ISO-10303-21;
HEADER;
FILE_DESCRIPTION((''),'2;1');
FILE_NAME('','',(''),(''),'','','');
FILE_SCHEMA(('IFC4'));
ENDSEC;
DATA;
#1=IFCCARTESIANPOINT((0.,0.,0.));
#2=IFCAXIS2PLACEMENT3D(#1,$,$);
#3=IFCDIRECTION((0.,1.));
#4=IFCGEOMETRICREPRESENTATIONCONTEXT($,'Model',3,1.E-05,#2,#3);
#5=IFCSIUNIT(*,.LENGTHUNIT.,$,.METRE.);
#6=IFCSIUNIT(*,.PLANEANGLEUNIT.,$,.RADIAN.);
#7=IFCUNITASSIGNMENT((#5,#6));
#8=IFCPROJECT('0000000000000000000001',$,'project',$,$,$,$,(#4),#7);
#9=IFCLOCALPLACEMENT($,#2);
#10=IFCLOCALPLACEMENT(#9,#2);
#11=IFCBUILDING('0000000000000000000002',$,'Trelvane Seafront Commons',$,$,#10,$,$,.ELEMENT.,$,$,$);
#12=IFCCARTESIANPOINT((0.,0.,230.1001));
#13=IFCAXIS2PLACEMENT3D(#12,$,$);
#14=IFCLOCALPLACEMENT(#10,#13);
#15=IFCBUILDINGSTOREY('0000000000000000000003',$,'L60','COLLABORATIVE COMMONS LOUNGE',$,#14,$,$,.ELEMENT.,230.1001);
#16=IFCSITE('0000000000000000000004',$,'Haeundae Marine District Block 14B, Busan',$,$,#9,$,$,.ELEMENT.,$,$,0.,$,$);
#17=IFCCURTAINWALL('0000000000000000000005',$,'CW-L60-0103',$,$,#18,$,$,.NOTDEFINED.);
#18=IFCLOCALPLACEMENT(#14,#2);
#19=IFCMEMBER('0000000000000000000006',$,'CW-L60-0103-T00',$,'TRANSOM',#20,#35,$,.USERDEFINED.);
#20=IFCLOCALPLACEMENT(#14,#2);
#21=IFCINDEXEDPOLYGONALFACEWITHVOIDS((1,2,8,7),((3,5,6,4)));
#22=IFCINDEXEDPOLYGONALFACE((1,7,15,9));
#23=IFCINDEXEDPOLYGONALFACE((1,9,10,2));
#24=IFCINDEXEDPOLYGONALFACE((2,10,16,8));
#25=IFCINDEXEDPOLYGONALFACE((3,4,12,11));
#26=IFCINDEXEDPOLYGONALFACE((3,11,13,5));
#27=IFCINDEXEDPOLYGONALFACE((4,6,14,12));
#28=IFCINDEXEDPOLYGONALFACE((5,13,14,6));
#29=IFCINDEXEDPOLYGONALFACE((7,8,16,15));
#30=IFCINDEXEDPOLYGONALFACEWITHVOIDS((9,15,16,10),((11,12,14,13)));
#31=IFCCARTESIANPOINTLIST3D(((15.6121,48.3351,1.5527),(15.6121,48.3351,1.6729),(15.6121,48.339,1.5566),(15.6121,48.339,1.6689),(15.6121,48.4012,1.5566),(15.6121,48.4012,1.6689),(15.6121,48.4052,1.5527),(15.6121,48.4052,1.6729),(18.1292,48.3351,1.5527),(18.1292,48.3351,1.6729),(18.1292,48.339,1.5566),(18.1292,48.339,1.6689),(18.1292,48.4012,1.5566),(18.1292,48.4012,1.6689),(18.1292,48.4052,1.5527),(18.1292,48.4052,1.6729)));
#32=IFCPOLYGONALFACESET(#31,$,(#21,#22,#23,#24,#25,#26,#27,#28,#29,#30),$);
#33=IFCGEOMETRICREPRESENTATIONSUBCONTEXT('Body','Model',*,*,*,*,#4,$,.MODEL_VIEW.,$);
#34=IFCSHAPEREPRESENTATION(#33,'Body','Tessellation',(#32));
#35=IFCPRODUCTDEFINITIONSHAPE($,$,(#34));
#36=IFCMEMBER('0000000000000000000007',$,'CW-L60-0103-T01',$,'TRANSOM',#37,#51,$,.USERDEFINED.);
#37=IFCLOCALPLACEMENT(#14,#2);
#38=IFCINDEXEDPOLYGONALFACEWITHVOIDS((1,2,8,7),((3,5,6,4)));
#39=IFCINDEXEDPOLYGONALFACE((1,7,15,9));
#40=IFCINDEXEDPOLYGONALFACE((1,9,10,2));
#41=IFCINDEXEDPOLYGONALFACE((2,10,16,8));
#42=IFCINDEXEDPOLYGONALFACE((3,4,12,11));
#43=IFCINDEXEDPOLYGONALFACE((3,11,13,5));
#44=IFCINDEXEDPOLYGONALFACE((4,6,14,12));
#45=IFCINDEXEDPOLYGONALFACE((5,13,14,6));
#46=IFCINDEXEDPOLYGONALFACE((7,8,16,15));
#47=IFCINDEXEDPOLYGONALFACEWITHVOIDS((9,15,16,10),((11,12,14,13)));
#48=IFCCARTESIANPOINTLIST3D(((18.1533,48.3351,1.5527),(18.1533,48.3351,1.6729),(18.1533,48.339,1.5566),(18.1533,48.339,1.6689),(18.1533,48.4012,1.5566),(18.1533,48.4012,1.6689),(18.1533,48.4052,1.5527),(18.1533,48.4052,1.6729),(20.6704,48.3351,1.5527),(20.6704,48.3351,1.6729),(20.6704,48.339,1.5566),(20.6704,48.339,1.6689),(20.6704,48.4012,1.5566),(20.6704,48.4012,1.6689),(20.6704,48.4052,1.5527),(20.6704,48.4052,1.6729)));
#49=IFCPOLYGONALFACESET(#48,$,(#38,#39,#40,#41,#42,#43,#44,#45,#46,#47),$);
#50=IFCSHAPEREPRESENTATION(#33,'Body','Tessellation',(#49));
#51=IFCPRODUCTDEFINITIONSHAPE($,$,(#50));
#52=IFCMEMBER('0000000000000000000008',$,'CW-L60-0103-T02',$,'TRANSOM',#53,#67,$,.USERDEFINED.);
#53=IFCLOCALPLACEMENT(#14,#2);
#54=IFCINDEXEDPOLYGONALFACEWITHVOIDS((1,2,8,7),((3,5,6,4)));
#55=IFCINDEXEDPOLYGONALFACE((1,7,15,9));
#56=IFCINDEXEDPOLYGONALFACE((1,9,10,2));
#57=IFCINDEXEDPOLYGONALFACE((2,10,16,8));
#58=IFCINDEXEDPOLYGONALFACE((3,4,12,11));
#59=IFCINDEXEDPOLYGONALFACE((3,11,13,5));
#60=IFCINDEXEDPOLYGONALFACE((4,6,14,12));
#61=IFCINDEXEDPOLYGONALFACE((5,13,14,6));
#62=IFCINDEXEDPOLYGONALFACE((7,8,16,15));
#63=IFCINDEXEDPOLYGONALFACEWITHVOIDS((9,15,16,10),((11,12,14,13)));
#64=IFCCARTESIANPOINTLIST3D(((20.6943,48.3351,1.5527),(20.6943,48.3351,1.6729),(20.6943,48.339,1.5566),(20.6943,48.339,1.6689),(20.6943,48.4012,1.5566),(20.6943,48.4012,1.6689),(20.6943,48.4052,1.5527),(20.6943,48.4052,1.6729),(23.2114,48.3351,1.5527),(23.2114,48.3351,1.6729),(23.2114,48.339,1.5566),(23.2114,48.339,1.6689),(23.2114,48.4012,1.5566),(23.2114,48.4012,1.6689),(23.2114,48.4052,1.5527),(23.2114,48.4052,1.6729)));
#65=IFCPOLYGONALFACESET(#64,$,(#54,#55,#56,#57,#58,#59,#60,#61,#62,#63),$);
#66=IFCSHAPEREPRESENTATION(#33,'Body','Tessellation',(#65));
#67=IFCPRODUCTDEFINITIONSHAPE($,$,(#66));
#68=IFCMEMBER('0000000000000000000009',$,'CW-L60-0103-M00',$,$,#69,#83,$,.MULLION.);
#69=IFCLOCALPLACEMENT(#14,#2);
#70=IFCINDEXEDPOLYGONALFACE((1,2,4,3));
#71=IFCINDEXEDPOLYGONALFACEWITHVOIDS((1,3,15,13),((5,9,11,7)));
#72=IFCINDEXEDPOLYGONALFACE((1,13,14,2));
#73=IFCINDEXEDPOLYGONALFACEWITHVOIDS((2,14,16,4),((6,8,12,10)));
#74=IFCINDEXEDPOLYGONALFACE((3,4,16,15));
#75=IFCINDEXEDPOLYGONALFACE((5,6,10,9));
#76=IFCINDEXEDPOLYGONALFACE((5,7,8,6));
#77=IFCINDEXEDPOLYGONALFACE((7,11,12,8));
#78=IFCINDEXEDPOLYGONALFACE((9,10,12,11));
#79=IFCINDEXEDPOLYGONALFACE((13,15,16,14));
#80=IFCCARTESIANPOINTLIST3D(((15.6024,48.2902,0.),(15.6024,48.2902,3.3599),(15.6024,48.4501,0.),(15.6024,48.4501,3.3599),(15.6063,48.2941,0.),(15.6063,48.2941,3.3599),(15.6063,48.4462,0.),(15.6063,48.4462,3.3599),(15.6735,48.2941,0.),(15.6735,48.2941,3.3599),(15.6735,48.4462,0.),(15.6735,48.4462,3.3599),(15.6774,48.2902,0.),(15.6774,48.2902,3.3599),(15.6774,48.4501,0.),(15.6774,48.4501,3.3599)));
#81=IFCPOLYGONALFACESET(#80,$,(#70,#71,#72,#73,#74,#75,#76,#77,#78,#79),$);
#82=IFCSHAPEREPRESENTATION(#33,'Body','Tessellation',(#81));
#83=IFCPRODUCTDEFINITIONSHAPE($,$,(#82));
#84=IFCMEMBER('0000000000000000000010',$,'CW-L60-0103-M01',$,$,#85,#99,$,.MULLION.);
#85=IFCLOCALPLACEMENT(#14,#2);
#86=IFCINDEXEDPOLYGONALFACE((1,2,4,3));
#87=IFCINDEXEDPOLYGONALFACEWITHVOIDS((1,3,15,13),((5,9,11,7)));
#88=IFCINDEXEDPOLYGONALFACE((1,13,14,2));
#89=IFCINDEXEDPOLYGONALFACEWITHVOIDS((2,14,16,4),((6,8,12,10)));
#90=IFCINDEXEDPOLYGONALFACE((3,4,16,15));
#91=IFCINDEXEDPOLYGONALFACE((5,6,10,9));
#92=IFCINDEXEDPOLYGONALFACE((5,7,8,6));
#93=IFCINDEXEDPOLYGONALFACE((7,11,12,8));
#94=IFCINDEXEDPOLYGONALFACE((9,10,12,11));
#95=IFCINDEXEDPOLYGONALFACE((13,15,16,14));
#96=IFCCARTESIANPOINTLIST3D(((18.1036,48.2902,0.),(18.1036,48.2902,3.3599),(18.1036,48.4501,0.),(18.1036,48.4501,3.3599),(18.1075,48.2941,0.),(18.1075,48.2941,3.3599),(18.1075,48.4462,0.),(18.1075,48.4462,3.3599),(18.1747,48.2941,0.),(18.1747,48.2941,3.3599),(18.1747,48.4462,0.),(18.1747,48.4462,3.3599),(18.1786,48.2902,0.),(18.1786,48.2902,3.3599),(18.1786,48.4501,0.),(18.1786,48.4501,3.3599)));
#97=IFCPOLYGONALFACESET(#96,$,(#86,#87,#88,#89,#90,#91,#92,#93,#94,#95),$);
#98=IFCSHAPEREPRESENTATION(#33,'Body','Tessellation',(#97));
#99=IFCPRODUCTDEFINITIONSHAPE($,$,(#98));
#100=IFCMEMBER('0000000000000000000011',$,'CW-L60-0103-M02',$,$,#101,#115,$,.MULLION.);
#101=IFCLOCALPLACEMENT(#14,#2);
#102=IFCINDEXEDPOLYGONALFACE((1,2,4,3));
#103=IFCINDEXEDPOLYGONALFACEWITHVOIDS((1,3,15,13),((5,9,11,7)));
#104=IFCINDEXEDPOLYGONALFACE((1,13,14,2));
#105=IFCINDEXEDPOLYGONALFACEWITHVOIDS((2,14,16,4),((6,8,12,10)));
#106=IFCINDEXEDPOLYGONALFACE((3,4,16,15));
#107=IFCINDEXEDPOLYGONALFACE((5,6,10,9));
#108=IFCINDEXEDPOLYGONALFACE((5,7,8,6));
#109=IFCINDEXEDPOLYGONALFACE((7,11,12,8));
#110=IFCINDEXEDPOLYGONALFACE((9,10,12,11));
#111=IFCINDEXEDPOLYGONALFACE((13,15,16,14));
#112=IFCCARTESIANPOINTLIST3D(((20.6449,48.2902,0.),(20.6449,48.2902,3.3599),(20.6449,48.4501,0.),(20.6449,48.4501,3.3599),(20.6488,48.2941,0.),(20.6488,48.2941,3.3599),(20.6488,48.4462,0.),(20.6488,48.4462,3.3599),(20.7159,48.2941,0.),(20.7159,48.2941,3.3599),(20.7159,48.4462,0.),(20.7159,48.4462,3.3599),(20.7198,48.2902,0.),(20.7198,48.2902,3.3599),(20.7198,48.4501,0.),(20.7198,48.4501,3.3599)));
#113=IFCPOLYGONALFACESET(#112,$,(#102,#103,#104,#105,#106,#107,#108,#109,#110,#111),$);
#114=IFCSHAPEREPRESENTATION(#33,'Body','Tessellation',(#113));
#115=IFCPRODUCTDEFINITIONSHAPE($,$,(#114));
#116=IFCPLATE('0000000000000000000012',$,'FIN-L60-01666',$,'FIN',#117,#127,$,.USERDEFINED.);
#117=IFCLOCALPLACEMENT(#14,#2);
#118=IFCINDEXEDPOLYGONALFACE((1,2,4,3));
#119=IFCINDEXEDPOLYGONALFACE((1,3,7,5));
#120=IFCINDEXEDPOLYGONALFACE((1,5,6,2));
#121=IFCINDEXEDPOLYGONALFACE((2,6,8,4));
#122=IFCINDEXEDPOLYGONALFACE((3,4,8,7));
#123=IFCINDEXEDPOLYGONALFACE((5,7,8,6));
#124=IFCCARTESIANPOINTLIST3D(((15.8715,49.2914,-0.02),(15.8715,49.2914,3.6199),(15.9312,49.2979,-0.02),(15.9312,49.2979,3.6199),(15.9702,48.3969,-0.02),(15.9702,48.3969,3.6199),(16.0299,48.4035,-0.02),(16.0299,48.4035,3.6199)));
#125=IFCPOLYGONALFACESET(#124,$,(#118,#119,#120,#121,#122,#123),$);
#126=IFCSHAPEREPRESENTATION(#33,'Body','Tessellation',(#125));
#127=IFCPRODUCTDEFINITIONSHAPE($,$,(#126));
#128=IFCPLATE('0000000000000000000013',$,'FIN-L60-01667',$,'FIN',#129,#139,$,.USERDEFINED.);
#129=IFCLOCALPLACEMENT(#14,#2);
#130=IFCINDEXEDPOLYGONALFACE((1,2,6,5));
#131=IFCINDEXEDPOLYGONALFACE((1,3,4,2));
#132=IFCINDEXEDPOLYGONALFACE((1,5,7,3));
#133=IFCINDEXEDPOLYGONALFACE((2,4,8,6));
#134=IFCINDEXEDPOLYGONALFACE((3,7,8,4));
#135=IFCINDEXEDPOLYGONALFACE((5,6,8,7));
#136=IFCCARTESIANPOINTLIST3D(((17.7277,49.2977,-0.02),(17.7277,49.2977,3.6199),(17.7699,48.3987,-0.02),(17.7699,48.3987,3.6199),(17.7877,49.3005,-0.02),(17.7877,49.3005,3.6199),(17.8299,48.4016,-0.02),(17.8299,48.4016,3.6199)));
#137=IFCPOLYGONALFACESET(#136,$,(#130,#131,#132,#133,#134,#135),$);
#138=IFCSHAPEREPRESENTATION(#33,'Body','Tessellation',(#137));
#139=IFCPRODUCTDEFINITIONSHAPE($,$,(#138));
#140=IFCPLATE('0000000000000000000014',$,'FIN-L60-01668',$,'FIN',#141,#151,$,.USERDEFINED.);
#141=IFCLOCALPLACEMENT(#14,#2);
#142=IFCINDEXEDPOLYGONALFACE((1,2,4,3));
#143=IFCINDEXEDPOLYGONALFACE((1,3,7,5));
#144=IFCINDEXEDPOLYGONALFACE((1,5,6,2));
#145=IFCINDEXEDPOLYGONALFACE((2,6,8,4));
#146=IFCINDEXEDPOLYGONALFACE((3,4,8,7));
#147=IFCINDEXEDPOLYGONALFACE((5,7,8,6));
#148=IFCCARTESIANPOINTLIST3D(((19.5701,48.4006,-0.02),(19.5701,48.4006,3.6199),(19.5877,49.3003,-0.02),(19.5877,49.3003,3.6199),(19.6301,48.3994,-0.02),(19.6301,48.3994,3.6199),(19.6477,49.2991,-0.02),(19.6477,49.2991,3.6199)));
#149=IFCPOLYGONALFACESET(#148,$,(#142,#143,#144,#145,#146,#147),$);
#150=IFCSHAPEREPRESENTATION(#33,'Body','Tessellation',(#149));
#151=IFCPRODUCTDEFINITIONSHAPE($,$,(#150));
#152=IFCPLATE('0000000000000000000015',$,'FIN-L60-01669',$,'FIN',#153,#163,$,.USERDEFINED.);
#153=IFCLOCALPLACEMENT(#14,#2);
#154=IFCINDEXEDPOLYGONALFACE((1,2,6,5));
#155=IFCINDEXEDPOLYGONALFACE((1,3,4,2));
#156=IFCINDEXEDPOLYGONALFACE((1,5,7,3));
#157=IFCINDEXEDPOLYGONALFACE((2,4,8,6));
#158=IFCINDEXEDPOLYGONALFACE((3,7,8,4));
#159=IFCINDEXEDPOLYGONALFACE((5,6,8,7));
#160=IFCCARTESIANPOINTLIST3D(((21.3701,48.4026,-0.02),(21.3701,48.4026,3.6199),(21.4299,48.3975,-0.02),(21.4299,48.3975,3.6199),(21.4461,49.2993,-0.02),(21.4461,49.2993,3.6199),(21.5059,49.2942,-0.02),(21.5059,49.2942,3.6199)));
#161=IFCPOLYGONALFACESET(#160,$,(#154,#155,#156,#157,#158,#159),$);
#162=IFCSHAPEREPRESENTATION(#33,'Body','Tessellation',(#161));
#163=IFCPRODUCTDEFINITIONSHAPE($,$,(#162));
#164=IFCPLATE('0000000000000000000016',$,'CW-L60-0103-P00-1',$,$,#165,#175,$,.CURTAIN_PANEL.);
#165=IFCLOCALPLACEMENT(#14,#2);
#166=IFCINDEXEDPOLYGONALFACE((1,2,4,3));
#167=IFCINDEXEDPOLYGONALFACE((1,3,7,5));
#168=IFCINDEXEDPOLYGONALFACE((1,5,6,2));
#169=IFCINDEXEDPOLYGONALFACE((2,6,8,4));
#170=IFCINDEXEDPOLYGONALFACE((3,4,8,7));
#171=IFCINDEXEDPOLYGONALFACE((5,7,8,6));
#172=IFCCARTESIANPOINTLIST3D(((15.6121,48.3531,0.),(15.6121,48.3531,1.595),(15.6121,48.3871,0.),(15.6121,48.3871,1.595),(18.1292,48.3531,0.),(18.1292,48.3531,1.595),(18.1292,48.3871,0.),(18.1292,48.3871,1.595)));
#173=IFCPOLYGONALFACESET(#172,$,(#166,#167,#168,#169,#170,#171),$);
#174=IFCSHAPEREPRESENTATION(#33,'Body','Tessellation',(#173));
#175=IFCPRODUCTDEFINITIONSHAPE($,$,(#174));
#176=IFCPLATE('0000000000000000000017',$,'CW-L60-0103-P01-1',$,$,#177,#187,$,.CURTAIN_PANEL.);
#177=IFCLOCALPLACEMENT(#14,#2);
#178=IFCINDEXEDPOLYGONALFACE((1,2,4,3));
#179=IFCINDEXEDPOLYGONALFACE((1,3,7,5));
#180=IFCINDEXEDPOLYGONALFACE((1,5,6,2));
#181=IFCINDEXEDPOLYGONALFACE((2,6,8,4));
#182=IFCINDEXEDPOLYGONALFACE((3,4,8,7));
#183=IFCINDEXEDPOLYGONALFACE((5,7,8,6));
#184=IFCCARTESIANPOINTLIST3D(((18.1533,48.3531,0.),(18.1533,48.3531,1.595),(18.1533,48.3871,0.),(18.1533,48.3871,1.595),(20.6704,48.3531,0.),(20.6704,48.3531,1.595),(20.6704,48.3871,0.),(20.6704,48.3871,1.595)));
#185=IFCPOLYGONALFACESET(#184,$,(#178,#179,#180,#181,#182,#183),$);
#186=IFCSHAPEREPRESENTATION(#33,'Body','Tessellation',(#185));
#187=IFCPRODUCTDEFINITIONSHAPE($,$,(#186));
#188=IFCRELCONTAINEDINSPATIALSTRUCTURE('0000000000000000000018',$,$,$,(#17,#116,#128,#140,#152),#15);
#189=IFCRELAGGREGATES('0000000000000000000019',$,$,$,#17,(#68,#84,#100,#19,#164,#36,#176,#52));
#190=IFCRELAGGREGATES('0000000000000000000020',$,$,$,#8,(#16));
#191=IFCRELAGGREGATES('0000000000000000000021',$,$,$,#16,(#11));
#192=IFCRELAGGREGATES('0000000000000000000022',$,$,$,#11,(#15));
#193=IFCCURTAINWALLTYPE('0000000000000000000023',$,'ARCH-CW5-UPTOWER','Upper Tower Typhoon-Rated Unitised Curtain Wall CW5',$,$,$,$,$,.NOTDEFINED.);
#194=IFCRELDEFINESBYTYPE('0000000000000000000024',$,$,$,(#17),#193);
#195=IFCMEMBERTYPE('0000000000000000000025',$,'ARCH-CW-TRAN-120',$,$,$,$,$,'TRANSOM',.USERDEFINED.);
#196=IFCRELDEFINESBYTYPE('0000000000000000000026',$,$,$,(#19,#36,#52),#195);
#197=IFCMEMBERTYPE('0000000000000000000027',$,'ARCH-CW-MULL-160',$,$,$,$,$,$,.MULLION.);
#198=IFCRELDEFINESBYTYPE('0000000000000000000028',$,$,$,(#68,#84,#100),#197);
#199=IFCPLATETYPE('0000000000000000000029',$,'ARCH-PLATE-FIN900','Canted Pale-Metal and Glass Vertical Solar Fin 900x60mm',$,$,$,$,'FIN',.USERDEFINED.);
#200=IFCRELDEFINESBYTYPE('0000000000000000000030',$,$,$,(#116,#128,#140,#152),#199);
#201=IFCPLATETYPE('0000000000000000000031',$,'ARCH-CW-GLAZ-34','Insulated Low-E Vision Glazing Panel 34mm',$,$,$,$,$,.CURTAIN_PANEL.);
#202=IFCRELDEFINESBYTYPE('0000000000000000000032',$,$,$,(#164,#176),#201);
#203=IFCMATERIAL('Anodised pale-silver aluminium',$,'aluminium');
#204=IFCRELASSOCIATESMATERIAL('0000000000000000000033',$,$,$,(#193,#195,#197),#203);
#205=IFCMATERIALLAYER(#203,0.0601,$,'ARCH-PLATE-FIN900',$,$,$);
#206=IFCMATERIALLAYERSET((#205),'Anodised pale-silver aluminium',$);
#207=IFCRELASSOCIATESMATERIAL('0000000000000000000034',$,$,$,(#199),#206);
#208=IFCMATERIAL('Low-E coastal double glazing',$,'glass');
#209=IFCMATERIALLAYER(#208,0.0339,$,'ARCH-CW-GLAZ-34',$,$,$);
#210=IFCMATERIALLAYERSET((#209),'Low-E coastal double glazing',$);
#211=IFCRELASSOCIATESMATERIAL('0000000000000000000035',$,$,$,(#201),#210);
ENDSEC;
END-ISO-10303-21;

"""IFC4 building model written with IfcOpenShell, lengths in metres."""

from ifc_helpers import new_model, si_unit, direction, frame, origin, origin_2d, place, context, subcontext, project, spatial, rectangle, hollow_rectangle, extrude, source, transform, mapped, material, layer, layer_set, material_profile, profile_set, type_object, element, aggregate, save


model = new_model("IFC4")

# Units and contexts
model_context = context("Model", 3, precision=1e-05, world=origin(), true_north=direction((0.0, 1.0)))
body_context = subcontext(model_context, "Body", "Model", "MODEL_VIEW")
ifc_project = project(units=[si_unit("LENGTHUNIT", "METRE"), si_unit("PLANEANGLEUNIT", "RADIAN")], contexts=[model_context])

# Site, building, storey
site_placement = place(None, origin())
site = spatial("IfcSite", under=ifc_project, at=site_placement, Name="Haeundae Marine District Block 14B, Busan", CompositionType="ELEMENT", RefElevation=0.0)
building_placement = place(site_placement, origin())
building = spatial("IfcBuilding", under=site, at=building_placement, Name="Trelvane Seafront Commons", CompositionType="ELEMENT")
storey_placement = place(building_placement, frame((0.0, 0.0, 230.1001)))
storey = spatial("IfcBuildingStorey", under=building, at=storey_placement, Name="L60", Description="COLLABORATIVE COMMONS LOUNGE", CompositionType="ELEMENT", Elevation=230.1001)

# Curtain wall, members
ifc_material_1 = material(Name="Anodised pale-silver aluminium", Category="aluminium")
curtain_wall_type = type_object("IfcCurtainWallType", Name="ARCH-CW5-UPTOWER", Description="Upper Tower Typhoon-Rated Unitised Curtain Wall CW5", PredefinedType="NOTDEFINED", material=ifc_material_1)
curtain_wall_placement = place(storey_placement, origin())
curtain_wall = element("IfcCurtainWall", 1, at=curtain_wall_placement, inside=storey, type_object=curtain_wall_type, Name="CW-L60-0103", PredefinedType="NOTDEFINED")
ifc_material_profile_1 = material_profile(ifc_material_1, hollow_rectangle(XDim=0.0701, YDim=0.1201, WallThickness=0.0039, at=origin_2d()), Name="TRAN-70x120x4")
ifc_profile_set_1 = profile_set([ifc_material_profile_1], Name="Anodised pale-silver aluminium")
member_type_1 = type_object("IfcMemberType", Name="ARCH-CW-TRAN-120", ElementType="TRANSOM", PredefinedType="USERDEFINED", material=ifc_profile_set_1)
shared_shape_1 = source(origin(), body_context, "Body", "SweptSolid", [
    extrude(hollow_rectangle(XDim=0.0701, YDim=0.1201, WallThickness=0.0039, at=origin_2d()), origin(), (0.0, 0.0, 1.0), 2.5171),
])
member_1_placement = place(storey_placement, frame((15.6121, 48.3701, 1.6128), z_axis=(1.0, 0.0, 0.0), x_axis=(0.0, 1.0, 0.0)))
member_1 = element("IfcMember", 2, at=member_1_placement, type_object=member_type_1, Name="CW-L60-0103-T00", ObjectType="TRANSOM", PredefinedType="USERDEFINED", context=body_context, shape_type="MappedRepresentation", body=[
    mapped(shared_shape_1, transform((0.0, 0.0, 0.0), x_axis=(1.0, 0.0, 0.0), y_axis=(0.0, 1.0, 0.0), z_axis=(0.0, 0.0, 1.0), scale=1.0)),
])
member_2_placement = place(storey_placement, frame((18.1533, 48.3701, 1.6128), z_axis=(1.0, 0.0, 0.0), x_axis=(0.0, 1.0, 0.0)))
member_2 = element("IfcMember", 3, at=member_2_placement, type_object=member_type_1, Name="CW-L60-0103-T01", ObjectType="TRANSOM", PredefinedType="USERDEFINED", context=body_context, shape_type="MappedRepresentation", body=[
    mapped(shared_shape_1, transform((0.0, 0.0, 0.0), x_axis=(1.0, 0.0, 0.0), y_axis=(0.0, 1.0, 0.0), z_axis=(0.0, 0.0, 1.0), scale=1.0)),
])
member_3_placement = place(storey_placement, frame((20.6943, 48.3701, 1.6128), z_axis=(1.0, 0.0, 0.0), x_axis=(0.0, 1.0, 0.0)))
member_3 = element("IfcMember", 4, at=member_3_placement, type_object=member_type_1, Name="CW-L60-0103-T02", ObjectType="TRANSOM", PredefinedType="USERDEFINED", context=body_context, shape_type="MappedRepresentation", body=[
    mapped(shared_shape_1, transform((0.0, 0.0, 0.0), x_axis=(1.0, 0.0, 0.0), y_axis=(0.0, 1.0, 0.0), z_axis=(0.0, 0.0, 1.0), scale=1.0)),
])
ifc_material_profile_2 = material_profile(ifc_material_1, hollow_rectangle(XDim=0.075, YDim=0.1599, WallThickness=0.0039, at=origin_2d()), Name="MULL-75x160x4")
ifc_profile_set_2 = profile_set([ifc_material_profile_2], Name="Anodised pale-silver aluminium")
member_type_2 = type_object("IfcMemberType", Name="ARCH-CW-MULL-160", PredefinedType="MULLION", material=ifc_profile_set_2)
shared_shape_2 = source(origin(), body_context, "Body", "SweptSolid", [
    extrude(hollow_rectangle(XDim=0.075, YDim=0.1599, WallThickness=0.0039, at=origin_2d()), origin(), (0.0, 0.0, 1.0), 3.3599),
])
member_4_placement = place(storey_placement, frame((15.6399, 48.3701, 0.0), z_axis=(0.0, 0.0, 1.0), x_axis=(1.0, 0.0, 0.0)))
member_4 = element("IfcMember", 5, at=member_4_placement, type_object=member_type_2, Name="CW-L60-0103-M00", PredefinedType="MULLION", context=body_context, shape_type="MappedRepresentation", body=[
    mapped(shared_shape_2, transform((0.0, 0.0, 0.0), x_axis=(1.0, 0.0, 0.0), y_axis=(0.0, 1.0, 0.0), z_axis=(0.0, 0.0, 1.0), scale=1.0)),
])
member_5_placement = place(storey_placement, frame((18.1411, 48.3701, 0.0), z_axis=(0.0, 0.0, 1.0), x_axis=(1.0, 0.0, 0.0)))
member_5 = element("IfcMember", 6, at=member_5_placement, type_object=member_type_2, Name="CW-L60-0103-M01", PredefinedType="MULLION", context=body_context, shape_type="MappedRepresentation", body=[
    mapped(shared_shape_2, transform((0.0, 0.0, 0.0), x_axis=(1.0, 0.0, 0.0), y_axis=(0.0, 1.0, 0.0), z_axis=(0.0, 0.0, 1.0), scale=1.0)),
])
member_6_placement = place(storey_placement, frame((20.6824, 48.3701, 0.0), z_axis=(0.0, 0.0, 1.0), x_axis=(1.0, 0.0, 0.0)))
member_6 = element("IfcMember", 7, at=member_6_placement, type_object=member_type_2, Name="CW-L60-0103-M02", PredefinedType="MULLION", context=body_context, shape_type="MappedRepresentation", body=[
    mapped(shared_shape_2, transform((0.0, 0.0, 0.0), x_axis=(1.0, 0.0, 0.0), y_axis=(0.0, 1.0, 0.0), z_axis=(0.0, 0.0, 1.0), scale=1.0)),
])

# Plates
ifc_layer_1 = layer(ifc_material_1, 0.0601, Name="ARCH-PLATE-FIN900")
ifc_layer_set_1 = layer_set([ifc_layer_1], Name="Anodised pale-silver aluminium")
plate_type_1 = type_object("IfcPlateType", Name="ARCH-PLATE-FIN900", Description="Canted Pale-Metal and Glass Vertical Solar Fin 900x60mm", ElementType="FIN", PredefinedType="USERDEFINED", material=ifc_layer_set_1)
shared_shape_3 = source(origin(), body_context, "Body", "SweptSolid", [
    extrude(rectangle(XDim=0.8999, YDim=0.0601, at=origin_2d()), origin(), (0.0, 0.0, 1.0), 3.6399),
])
for number, where, z_axis, x_axis, name in (
    (8, (15.9507, 48.8474, -0.02), (0.0, 0.0, 1.0), (-0.109663, 0.993969, 0.0), "FIN-L60-01666"),
    (9, (17.7788, 48.8496, -0.02), (0.0, 0.0, 1.0), (-0.04689, 0.9989, 0.0), "FIN-L60-01667"),
    (10, (19.6089, 48.8499, -0.02), (0.0, 0.0, 1.0), (0.019557, 0.999809, 0.0), "FIN-L60-01668"),
    (11, (21.438, 48.8484, -0.02), (0.0, 0.0, 1.0), (0.084443, 0.996428, 0.0), "FIN-L60-01669"),
):
    element("IfcPlate", number, at=place(storey_placement, frame(where, z_axis=z_axis, x_axis=x_axis)), inside=storey, type_object=plate_type_1, Name=name, ObjectType="FIN", PredefinedType="USERDEFINED", context=body_context, shape_type="MappedRepresentation", body=[
        mapped(shared_shape_3, transform((0.0, 0.0, 0.0), x_axis=(1.0, 0.0, 0.0), y_axis=(0.0, 1.0, 0.0), z_axis=(0.0, 0.0, 1.0), scale=1.0)),
    ])

# Plates
ifc_material_2 = material(Name="Low-E coastal double glazing", Category="glass")
ifc_layer_2 = layer(ifc_material_2, 0.0339, Name="ARCH-CW-GLAZ-34")
ifc_layer_set_2 = layer_set([ifc_layer_2], Name="Low-E coastal double glazing")
plate_type_2 = type_object("IfcPlateType", Name="ARCH-CW-GLAZ-34", Description="Insulated Low-E Vision Glazing Panel 34mm", PredefinedType="CURTAIN_PANEL", material=ifc_layer_set_2)
shared_shape_4 = source(origin(), body_context, "Body", "SweptSolid", [
    extrude(rectangle(XDim=2.5171, YDim=0.0339, at=origin_2d()), origin(), (0.0, 0.0, 1.0), 1.595),
])
plate_1_placement = place(storey_placement, frame((16.8706, 48.3701, 0.0), z_axis=(0.0, 0.0, 1.0), x_axis=(1.0, 0.0, 0.0)))
plate_1 = element("IfcPlate", 12, at=plate_1_placement, type_object=plate_type_2, Name="CW-L60-0103-P00-1", PredefinedType="CURTAIN_PANEL", context=body_context, shape_type="MappedRepresentation", body=[
    mapped(shared_shape_4, transform((0.0, 0.0, 0.0), x_axis=(1.0, 0.0, 0.0), y_axis=(0.0, 1.0, 0.0), z_axis=(0.0, 0.0, 1.0), scale=1.0)),
])
plate_2_placement = place(storey_placement, frame((19.4119, 48.3701, 0.0), z_axis=(0.0, 0.0, 1.0), x_axis=(1.0, 0.0, 0.0)))
plate_2 = element("IfcPlate", 13, at=plate_2_placement, type_object=plate_type_2, Name="CW-L60-0103-P01-1", PredefinedType="CURTAIN_PANEL", context=body_context, shape_type="MappedRepresentation", body=[
    mapped(shared_shape_4, transform((0.0, 0.0, 0.0), x_axis=(1.0, 0.0, 0.0), y_axis=(0.0, 1.0, 0.0), z_axis=(0.0, 0.0, 1.0), scale=1.0)),
])
aggregate(curtain_wall, [member_4, member_5, member_6, member_1, plate_1, member_2, plate_2, member_3])

save(model, "model.ifc")
